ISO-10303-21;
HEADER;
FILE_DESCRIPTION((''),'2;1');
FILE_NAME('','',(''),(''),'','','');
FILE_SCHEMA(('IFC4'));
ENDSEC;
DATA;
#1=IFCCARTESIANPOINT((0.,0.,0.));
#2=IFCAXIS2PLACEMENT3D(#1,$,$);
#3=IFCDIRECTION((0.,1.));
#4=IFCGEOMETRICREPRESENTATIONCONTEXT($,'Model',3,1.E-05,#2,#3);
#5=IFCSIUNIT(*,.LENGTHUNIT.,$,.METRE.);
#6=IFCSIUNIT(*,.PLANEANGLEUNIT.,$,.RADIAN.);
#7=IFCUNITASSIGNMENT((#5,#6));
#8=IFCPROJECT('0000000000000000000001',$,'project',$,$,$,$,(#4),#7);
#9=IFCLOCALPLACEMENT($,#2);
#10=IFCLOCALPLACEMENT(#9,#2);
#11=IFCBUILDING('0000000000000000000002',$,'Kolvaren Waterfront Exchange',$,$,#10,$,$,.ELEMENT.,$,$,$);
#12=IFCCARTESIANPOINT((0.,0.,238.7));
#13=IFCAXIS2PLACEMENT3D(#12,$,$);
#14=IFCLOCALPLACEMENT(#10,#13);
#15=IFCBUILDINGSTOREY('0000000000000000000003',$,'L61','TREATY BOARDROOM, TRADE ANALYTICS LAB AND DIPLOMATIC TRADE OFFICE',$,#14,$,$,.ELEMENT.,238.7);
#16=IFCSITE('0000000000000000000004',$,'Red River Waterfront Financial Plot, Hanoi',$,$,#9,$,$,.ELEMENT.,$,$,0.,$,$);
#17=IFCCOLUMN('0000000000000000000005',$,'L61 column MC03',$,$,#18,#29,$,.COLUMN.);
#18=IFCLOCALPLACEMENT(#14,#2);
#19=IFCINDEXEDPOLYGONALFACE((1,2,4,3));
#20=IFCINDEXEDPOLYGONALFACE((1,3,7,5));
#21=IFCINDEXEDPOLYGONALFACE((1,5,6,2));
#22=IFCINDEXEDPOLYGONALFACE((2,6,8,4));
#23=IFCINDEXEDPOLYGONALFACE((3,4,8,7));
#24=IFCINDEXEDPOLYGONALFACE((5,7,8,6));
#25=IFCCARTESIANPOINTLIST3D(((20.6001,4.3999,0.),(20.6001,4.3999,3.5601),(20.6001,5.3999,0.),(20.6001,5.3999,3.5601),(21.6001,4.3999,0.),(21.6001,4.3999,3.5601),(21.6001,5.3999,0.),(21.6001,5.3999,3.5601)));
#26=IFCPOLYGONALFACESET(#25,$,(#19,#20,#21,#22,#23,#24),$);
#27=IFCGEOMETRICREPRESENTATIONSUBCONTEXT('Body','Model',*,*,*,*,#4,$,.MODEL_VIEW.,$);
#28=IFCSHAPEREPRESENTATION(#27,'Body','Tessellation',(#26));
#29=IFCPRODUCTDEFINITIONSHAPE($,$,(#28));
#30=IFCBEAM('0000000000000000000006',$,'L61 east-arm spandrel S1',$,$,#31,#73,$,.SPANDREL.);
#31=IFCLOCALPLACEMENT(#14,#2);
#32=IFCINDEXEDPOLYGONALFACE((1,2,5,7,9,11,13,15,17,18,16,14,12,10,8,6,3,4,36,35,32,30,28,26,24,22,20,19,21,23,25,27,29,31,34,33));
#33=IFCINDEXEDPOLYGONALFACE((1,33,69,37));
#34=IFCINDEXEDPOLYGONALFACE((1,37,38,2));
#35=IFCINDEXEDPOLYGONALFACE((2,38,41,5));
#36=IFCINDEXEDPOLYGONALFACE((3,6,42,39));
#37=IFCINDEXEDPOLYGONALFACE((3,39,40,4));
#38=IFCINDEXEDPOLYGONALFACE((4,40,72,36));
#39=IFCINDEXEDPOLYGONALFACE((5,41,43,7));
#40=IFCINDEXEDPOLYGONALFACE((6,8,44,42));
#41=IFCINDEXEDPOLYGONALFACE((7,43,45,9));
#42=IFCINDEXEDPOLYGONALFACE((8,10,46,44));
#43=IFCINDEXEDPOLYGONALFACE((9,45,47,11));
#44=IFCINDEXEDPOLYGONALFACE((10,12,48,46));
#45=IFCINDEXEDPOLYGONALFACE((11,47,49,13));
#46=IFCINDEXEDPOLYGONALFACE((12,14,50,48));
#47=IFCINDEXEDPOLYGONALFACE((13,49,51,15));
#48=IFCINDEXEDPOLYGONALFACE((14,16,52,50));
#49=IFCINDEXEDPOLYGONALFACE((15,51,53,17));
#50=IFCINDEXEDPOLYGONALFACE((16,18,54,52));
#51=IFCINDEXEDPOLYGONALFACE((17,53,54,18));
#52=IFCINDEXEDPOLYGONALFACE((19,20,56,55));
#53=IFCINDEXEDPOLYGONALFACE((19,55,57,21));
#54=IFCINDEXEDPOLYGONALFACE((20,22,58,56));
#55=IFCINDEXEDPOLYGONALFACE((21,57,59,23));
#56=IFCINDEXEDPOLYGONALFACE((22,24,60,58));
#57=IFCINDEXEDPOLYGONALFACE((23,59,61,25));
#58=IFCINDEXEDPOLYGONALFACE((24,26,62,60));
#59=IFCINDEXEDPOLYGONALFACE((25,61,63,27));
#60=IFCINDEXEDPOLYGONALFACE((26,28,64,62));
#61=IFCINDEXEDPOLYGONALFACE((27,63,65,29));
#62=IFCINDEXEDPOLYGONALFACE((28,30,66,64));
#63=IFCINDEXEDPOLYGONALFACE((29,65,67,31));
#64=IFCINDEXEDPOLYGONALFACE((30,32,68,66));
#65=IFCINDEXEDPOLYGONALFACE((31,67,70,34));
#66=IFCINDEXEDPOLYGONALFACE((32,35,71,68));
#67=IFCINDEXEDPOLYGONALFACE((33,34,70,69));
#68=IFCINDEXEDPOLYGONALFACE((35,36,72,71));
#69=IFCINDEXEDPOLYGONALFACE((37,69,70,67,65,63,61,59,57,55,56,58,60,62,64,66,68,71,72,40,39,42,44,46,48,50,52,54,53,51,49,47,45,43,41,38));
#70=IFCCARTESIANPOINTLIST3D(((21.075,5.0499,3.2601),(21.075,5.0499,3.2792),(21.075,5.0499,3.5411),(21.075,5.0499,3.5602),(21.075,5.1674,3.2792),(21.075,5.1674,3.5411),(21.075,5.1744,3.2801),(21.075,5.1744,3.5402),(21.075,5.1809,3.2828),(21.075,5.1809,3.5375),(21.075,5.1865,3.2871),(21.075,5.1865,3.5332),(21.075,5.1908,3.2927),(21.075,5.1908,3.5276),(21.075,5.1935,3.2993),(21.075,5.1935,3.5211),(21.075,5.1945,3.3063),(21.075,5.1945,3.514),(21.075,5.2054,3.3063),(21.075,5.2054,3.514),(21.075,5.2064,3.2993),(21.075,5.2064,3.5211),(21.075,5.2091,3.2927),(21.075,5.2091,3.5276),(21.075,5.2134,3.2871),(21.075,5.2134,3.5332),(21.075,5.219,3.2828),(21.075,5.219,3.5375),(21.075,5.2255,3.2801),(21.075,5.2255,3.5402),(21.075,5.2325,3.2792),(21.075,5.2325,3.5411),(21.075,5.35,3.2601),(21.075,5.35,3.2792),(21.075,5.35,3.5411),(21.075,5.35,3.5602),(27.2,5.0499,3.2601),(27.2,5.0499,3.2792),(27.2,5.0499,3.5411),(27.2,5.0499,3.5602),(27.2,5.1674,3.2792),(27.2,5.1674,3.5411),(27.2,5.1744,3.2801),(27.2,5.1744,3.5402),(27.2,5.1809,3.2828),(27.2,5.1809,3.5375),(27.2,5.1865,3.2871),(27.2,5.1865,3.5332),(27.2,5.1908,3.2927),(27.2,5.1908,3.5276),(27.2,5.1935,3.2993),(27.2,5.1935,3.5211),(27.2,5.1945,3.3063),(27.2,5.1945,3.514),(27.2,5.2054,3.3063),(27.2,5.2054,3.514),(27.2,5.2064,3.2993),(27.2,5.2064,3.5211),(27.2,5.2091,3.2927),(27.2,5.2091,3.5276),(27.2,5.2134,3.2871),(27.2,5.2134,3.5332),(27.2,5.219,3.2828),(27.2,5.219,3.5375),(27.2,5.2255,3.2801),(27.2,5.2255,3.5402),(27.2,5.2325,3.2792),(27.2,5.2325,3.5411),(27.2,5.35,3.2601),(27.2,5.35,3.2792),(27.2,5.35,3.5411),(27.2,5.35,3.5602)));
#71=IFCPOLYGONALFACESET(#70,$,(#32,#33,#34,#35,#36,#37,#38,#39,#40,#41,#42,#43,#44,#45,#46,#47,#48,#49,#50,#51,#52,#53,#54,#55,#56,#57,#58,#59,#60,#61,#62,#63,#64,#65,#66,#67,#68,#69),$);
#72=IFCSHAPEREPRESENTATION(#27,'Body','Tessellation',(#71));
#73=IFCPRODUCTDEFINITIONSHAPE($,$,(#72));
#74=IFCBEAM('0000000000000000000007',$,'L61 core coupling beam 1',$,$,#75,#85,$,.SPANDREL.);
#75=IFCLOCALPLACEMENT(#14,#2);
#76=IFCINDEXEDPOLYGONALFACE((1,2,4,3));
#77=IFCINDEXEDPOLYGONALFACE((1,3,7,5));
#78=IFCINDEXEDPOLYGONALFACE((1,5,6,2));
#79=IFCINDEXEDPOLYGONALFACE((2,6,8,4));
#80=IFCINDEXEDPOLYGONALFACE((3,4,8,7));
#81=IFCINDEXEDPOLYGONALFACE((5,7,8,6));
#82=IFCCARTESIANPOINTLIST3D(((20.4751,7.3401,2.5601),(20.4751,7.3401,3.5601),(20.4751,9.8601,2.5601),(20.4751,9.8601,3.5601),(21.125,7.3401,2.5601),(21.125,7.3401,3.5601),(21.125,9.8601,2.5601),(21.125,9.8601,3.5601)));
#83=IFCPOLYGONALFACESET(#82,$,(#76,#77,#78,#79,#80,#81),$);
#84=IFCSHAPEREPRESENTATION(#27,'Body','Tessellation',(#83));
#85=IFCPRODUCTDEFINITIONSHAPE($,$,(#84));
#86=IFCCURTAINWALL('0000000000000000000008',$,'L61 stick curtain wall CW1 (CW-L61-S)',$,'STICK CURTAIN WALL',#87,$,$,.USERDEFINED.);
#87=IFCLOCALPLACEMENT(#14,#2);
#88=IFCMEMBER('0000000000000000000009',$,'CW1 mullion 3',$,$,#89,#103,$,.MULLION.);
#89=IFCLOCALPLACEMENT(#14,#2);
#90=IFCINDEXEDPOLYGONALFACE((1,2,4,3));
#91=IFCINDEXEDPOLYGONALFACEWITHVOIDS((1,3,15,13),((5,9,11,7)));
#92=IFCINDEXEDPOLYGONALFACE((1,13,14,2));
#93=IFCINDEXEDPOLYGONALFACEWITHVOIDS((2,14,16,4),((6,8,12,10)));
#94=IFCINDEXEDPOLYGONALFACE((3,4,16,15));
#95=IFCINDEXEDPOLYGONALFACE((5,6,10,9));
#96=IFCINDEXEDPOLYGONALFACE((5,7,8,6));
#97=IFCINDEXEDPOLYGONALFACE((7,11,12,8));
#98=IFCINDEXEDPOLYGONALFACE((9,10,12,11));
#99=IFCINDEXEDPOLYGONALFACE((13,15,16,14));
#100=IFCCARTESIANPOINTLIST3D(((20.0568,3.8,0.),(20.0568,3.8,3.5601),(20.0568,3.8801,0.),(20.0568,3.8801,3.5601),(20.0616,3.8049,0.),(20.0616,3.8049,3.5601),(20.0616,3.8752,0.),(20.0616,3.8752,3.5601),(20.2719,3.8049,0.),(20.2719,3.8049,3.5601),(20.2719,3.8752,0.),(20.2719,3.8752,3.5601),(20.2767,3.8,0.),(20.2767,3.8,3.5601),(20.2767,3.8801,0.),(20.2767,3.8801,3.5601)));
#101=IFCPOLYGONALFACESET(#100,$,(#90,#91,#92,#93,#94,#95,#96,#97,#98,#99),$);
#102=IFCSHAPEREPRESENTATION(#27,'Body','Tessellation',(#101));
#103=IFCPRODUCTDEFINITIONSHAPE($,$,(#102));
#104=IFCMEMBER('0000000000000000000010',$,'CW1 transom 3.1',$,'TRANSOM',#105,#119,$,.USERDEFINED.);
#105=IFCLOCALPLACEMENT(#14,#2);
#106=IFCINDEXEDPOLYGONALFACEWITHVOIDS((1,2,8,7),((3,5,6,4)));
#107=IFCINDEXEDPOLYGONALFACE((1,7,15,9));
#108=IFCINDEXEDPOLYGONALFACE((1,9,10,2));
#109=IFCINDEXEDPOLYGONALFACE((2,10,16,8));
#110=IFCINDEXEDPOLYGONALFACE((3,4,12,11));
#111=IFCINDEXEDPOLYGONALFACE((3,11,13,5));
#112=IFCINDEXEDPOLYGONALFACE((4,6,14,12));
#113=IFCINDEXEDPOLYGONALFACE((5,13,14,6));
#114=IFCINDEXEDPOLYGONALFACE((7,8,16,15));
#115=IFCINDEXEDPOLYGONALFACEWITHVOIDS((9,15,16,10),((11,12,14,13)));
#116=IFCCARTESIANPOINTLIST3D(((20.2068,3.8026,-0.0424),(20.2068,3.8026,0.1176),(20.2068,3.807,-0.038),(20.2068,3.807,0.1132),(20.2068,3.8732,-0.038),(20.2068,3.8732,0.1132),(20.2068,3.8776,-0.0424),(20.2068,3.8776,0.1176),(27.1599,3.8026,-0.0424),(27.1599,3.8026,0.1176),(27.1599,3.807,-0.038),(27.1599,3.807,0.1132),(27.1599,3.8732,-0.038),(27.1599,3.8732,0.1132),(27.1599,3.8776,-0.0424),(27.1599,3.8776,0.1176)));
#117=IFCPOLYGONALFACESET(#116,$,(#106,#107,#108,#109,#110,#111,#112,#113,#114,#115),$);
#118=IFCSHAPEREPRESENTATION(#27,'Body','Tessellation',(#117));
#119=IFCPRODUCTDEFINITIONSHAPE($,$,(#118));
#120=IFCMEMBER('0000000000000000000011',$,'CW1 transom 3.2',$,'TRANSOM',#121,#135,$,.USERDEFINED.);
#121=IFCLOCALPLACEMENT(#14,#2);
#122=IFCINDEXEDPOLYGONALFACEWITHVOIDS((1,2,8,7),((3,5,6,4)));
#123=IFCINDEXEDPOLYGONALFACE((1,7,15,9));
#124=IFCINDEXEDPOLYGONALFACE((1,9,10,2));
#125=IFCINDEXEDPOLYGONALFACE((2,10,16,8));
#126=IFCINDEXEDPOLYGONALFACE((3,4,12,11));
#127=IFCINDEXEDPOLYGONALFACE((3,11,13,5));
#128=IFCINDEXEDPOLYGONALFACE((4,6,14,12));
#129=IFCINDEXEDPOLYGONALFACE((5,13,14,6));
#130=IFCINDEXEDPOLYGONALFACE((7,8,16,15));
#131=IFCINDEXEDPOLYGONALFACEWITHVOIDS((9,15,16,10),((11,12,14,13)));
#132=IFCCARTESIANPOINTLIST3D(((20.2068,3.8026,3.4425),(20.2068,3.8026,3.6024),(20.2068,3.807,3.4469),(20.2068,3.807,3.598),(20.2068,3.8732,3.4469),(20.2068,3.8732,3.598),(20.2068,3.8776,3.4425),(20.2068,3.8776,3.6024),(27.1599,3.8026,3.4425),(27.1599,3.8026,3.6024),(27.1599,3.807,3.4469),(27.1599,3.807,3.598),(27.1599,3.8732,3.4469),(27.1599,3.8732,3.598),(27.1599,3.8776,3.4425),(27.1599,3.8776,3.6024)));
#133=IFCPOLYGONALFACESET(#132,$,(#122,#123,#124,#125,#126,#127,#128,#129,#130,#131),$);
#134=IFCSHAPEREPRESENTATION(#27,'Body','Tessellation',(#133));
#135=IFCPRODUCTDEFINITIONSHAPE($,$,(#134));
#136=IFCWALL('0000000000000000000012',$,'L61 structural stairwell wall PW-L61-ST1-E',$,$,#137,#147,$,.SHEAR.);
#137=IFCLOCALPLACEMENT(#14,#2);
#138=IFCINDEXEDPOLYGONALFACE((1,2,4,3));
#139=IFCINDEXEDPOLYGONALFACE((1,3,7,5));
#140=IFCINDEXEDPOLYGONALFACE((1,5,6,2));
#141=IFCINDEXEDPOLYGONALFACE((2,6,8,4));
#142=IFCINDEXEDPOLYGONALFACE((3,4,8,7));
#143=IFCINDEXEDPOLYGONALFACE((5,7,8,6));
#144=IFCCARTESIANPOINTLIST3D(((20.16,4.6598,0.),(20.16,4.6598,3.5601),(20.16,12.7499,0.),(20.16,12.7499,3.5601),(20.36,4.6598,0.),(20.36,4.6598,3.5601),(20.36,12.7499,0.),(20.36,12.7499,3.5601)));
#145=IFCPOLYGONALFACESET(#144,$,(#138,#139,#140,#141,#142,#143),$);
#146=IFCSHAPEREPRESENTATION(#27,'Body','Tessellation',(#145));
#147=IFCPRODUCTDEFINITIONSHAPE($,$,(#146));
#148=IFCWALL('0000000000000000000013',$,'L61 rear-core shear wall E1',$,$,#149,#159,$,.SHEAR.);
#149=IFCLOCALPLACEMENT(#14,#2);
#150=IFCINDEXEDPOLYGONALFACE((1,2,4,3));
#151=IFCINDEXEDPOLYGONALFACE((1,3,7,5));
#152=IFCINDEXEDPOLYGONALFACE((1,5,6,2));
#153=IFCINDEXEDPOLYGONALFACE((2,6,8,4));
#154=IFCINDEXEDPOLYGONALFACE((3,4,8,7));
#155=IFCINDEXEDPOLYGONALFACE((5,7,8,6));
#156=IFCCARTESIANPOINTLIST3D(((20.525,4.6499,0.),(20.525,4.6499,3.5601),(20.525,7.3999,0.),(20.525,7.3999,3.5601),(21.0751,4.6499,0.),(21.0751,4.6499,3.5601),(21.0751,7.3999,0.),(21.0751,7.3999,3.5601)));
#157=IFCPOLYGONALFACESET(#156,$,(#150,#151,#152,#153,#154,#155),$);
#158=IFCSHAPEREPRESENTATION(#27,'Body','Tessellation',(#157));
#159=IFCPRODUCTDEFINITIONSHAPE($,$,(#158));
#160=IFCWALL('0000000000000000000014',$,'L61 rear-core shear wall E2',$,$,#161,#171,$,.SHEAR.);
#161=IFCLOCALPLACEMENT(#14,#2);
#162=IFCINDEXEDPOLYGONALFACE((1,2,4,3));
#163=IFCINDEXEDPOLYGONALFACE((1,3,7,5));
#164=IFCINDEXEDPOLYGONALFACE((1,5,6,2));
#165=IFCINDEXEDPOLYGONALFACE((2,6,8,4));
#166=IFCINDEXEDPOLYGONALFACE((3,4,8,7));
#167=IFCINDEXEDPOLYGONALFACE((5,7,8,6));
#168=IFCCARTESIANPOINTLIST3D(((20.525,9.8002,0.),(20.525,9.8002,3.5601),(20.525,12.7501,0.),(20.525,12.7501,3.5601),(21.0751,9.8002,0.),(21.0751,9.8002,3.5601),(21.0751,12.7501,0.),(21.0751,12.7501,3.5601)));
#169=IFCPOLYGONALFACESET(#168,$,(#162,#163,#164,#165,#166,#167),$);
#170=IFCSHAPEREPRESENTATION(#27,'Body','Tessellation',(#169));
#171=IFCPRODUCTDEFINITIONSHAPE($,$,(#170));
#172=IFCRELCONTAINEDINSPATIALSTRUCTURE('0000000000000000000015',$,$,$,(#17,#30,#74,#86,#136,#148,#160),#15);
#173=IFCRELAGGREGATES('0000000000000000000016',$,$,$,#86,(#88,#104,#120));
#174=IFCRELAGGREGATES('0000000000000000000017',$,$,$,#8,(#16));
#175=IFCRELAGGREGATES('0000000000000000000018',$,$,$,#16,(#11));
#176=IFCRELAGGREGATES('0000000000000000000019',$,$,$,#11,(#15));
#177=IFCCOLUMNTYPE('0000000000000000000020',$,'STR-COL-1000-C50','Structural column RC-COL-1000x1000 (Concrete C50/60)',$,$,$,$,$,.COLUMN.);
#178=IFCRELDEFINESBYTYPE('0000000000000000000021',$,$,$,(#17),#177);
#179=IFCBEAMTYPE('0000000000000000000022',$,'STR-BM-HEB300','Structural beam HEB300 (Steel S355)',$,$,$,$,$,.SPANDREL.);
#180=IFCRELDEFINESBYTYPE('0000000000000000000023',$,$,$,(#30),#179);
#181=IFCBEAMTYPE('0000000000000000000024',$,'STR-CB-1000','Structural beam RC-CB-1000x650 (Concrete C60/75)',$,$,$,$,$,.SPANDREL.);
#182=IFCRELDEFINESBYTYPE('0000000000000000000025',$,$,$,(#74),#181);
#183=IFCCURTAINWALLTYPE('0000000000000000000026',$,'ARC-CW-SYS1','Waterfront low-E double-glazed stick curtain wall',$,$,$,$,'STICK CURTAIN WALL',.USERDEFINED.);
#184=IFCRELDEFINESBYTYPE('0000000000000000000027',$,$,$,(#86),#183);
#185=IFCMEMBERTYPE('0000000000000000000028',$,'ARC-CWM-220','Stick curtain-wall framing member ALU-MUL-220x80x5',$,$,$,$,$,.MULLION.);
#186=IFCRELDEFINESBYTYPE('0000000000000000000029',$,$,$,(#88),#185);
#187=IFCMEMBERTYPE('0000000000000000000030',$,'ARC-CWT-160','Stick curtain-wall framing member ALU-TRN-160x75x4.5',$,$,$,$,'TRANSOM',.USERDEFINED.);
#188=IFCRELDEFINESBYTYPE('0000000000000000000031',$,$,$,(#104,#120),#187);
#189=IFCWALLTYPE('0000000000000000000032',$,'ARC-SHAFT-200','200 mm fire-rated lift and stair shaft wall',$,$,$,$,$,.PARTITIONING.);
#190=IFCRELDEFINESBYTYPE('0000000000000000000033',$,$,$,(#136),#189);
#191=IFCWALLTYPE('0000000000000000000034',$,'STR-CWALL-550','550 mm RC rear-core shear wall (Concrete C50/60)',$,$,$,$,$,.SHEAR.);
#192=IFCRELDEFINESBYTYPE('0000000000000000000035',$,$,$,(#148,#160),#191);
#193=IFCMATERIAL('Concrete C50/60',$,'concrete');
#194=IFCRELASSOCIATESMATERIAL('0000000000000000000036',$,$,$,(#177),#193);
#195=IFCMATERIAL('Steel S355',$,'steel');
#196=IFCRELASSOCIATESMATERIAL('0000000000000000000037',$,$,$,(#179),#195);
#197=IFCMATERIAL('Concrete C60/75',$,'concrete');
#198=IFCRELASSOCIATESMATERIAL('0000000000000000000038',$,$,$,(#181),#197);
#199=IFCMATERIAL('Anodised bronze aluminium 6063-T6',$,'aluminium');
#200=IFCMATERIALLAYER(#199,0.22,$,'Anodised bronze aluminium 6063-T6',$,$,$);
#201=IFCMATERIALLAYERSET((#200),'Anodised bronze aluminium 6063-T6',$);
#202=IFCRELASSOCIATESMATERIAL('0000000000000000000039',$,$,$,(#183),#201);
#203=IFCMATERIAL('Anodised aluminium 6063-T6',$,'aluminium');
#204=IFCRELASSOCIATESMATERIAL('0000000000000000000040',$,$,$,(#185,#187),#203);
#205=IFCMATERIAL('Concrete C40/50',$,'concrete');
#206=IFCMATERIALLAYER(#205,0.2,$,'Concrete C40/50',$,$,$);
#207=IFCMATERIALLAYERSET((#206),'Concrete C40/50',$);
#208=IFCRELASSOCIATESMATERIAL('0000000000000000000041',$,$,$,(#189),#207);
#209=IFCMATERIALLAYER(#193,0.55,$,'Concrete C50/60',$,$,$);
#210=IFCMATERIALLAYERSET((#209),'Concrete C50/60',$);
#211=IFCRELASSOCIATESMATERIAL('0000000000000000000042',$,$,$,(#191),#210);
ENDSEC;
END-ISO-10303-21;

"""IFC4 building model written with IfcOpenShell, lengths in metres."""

from ifc_helpers import new_model, si_unit, direction, frame, frame_2d, origin, origin_with_axes, origin_2d, place, context, subcontext, project, spatial, rectangle, hollow_rectangle, i_section, extrude, source, transform, mapped, material, layer, layer_set, material_profile, profile_set, type_object, element, aggregate, save


model = new_model("IFC4")

# Units and contexts
model_context = context("Model", 3, precision=1e-05, world=origin(), true_north=direction((0.0, 1.0)))
body_context = subcontext(model_context, "Body", "Model", "MODEL_VIEW")
ifc_project = project(units=[si_unit("LENGTHUNIT", "METRE"), si_unit("PLANEANGLEUNIT", "RADIAN")], contexts=[model_context])

# Site, building, storey
site_placement = place(None, origin())
site = spatial("IfcSite", under=ifc_project, at=site_placement, Name="Red River Waterfront Financial Plot, Hanoi", CompositionType="ELEMENT", RefElevation=0.0)
building_placement = place(site_placement, origin())
building = spatial("IfcBuilding", under=site, at=building_placement, Name="Kolvaren Waterfront Exchange", CompositionType="ELEMENT")
storey_placement = place(building_placement, frame((0.0, 0.0, 238.7)))
storey = spatial("IfcBuildingStorey", under=building, at=storey_placement, Name="L61", Description="TREATY BOARDROOM, TRADE ANALYTICS LAB AND DIPLOMATIC TRADE OFFICE", CompositionType="ELEMENT", Elevation=238.7)

# Column
ifc_material_1 = material(Name="Concrete C50/60", Category="concrete")
ifc_material_profile_1 = material_profile(ifc_material_1, rectangle(XDim=1.0, YDim=1.0, at=origin_2d()), Name="RC-COL-1000x1000")
ifc_profile_set_1 = profile_set([ifc_material_profile_1], Name="Concrete C50/60")
column_type = type_object("IfcColumnType", Name="STR-COL-1000-C50", Description="Structural column RC-COL-1000x1000 (Concrete C50/60)", PredefinedType="COLUMN", material=ifc_profile_set_1)
column_placement = place(storey_placement, frame((21.1001, 4.8999, 0.0), z_axis=(0.0, 0.0, 1.0), x_axis=(1.0, 0.0, 0.0)))
element("IfcColumn", 1, at=column_placement, inside=storey, type_object=column_type, Name="L61 column MC03", PredefinedType="COLUMN", context=body_context, shape_type="SweptSolid", body=[
    extrude(rectangle(XDim=1.0, YDim=1.0, at=origin_2d()), origin(), (0.0, 0.0, 1.0), 3.5601),
])

# Beams
ifc_material_2 = material(Name="Steel S355", Category="steel")
ifc_material_profile_2 = material_profile(ifc_material_2, i_section(OverallWidth=0.3, OverallDepth=0.3, WebThickness=0.011, FlangeThickness=0.019, FilletRadius=0.0271, at=origin_2d()), Name="HEB300")
ifc_profile_set_2 = profile_set([ifc_material_profile_2], Name="Steel S355")
beam_type_1 = type_object("IfcBeamType", Name="STR-BM-HEB300", Description="Structural beam HEB300 (Steel S355)", PredefinedType="SPANDREL", material=ifc_profile_set_2)
beam_1_placement = place(storey_placement, frame((21.075, 5.2, 3.4102), z_axis=(1.0, 0.0, 0.0), x_axis=(0.0, 1.0, 0.0)))
element("IfcBeam", 2, at=beam_1_placement, inside=storey, type_object=beam_type_1, Name="L61 east-arm spandrel S1", PredefinedType="SPANDREL", context=body_context, shape_type="SweptSolid", body=[
    extrude(i_section(OverallWidth=0.3, OverallDepth=0.3, WebThickness=0.011, FlangeThickness=0.019, FilletRadius=0.0271, at=origin_2d()), origin(), (0.0, 0.0, 1.0), 6.125),
])
ifc_material_3 = material(Name="Concrete C60/75", Category="concrete")
ifc_material_profile_3 = material_profile(ifc_material_3, rectangle(XDim=0.6499, YDim=1.0, at=origin_2d()), Name="RC-CB-1000x650")
ifc_profile_set_3 = profile_set([ifc_material_profile_3], Name="Concrete C60/75")
beam_type_2 = type_object("IfcBeamType", Name="STR-CB-1000", Description="Structural beam RC-CB-1000x650 (Concrete C60/75)", PredefinedType="SPANDREL", material=ifc_profile_set_3)
beam_2_placement = place(storey_placement, frame((20.8, 7.3401, 3.0601), z_axis=(0.0, 1.0, 0.0), x_axis=(-1.0, 0.0, 0.0)))
element("IfcBeam", 3, at=beam_2_placement, inside=storey, type_object=beam_type_2, Name="L61 core coupling beam 1", PredefinedType="SPANDREL", context=body_context, shape_type="SweptSolid", body=[
    extrude(rectangle(XDim=0.6499, YDim=1.0, at=origin_2d()), origin(), (0.0, 0.0, 1.0), 2.52),
])

# Curtain wall, members
ifc_material_4 = material(Name="Anodised bronze aluminium 6063-T6", Category="aluminium")
ifc_layer_1 = layer(ifc_material_4, 0.22, Name="Anodised bronze aluminium 6063-T6")
ifc_layer_set_1 = layer_set([ifc_layer_1], Name="Anodised bronze aluminium 6063-T6")
curtain_wall_type = type_object("IfcCurtainWallType", Name="ARC-CW-SYS1", Description="Waterfront low-E double-glazed stick curtain wall", ElementType="STICK CURTAIN WALL", PredefinedType="USERDEFINED", material=ifc_layer_set_1)
curtain_wall_placement = place(storey_placement, origin())
curtain_wall = element("IfcCurtainWall", 4, at=curtain_wall_placement, inside=storey, type_object=curtain_wall_type, Name="L61 stick curtain wall CW1 (CW-L61-S)", ObjectType="STICK CURTAIN WALL", PredefinedType="USERDEFINED")
ifc_material_5 = material(Name="Anodised aluminium 6063-T6", Category="aluminium")
ifc_material_profile_4 = material_profile(ifc_material_5, hollow_rectangle(XDim=0.0801, YDim=0.22, WallThickness=0.0049, at=origin_2d()), Name="ALU-MUL-220x80x5")
ifc_profile_set_4 = profile_set([ifc_material_profile_4], Name="Anodised aluminium 6063-T6")
member_type_1 = type_object("IfcMemberType", Name="ARC-CWM-220", Description="Stick curtain-wall framing member ALU-MUL-220x80x5", PredefinedType="MULLION", material=ifc_profile_set_4)
shared_shape_1 = source(origin_with_axes(), body_context, "Body", "SweptSolid", [
    extrude(hollow_rectangle(XDim=0.0801, YDim=0.22, WallThickness=0.0049, at=origin_2d()), origin(), (0.0, 0.0, 1.0), 3.5601),
])
member_1_placement = place(storey_placement, frame((20.1667, 3.8401, 0.0), z_axis=(0.0, 0.0, 1.0), x_axis=(0.0, 1.0, 0.0)))
member_1 = element("IfcMember", 5, at=member_1_placement, type_object=member_type_1, Name="CW1 mullion 3", PredefinedType="MULLION", context=body_context, shape_type="MappedRepresentation", body=[
    mapped(shared_shape_1, transform((0.0, 0.0, 0.0), x_axis=(1.0, 0.0, 0.0), y_axis=(0.0, 1.0, 0.0), z_axis=(0.0, 0.0, 1.0), scale=1.0)),
])
ifc_material_profile_5 = material_profile(ifc_material_5, hollow_rectangle(XDim=0.075, YDim=0.1599, WallThickness=0.0044, at=origin_2d()), Name="ALU-TRN-160x75x4.5")
ifc_profile_set_5 = profile_set([ifc_material_profile_5], Name="Anodised aluminium 6063-T6")
member_type_2 = type_object("IfcMemberType", Name="ARC-CWT-160", Description="Stick curtain-wall framing member ALU-TRN-160x75x4.5", ElementType="TRANSOM", PredefinedType="USERDEFINED", material=ifc_profile_set_5)
shared_shape_2 = source(origin_with_axes(), body_context, "Body", "SweptSolid", [
    extrude(hollow_rectangle(XDim=0.075, YDim=0.1599, WallThickness=0.0044, at=origin_2d()), origin(), (0.0, 0.0, 1.0), 6.9531),
])
member_2_placement = place(storey_placement, frame((20.2068, 3.8401, 0.0376), z_axis=(1.0, 0.0, 0.0), x_axis=(0.0, 1.0, 0.0)))
member_2 = element("IfcMember", 6, at=member_2_placement, type_object=member_type_2, Name="CW1 transom 3.1", ObjectType="TRANSOM", PredefinedType="USERDEFINED", context=body_context, shape_type="MappedRepresentation", body=[
    mapped(shared_shape_2, transform((0.0, 0.0, 0.0), x_axis=(1.0, 0.0, 0.0), y_axis=(0.0, 1.0, 0.0), z_axis=(0.0, 0.0, 1.0), scale=1.0)),
])
member_3_placement = place(storey_placement, frame((20.2068, 3.8401, 3.5225), z_axis=(1.0, 0.0, 0.0), x_axis=(0.0, 1.0, 0.0)))
member_3 = element("IfcMember", 7, at=member_3_placement, type_object=member_type_2, Name="CW1 transom 3.2", ObjectType="TRANSOM", PredefinedType="USERDEFINED", context=body_context, shape_type="MappedRepresentation", body=[
    mapped(shared_shape_2, transform((0.0, 0.0, 0.0), x_axis=(1.0, 0.0, 0.0), y_axis=(0.0, 1.0, 0.0), z_axis=(0.0, 0.0, 1.0), scale=1.0)),
])
aggregate(curtain_wall, [member_1, member_2, member_3])

# Walls
ifc_material_6 = material(Name="Concrete C40/50", Category="concrete")
ifc_layer_2 = layer(ifc_material_6, 0.2, Name="Concrete C40/50")
ifc_layer_set_2 = layer_set([ifc_layer_2], Name="Concrete C40/50")
wall_type_1 = type_object("IfcWallType", Name="ARC-SHAFT-200", Description="200 mm fire-rated lift and stair shaft wall", PredefinedType="PARTITIONING", material=ifc_layer_set_2)
wall_1_placement = place(storey_placement, frame((20.26, 4.6599, 0.0), z_axis=(0.0, 0.0, 1.0), x_axis=(0.0, 1.0, 0.0)))
element("IfcWall", 8, at=wall_1_placement, inside=storey, type_object=wall_type_1, Name="L61 structural stairwell wall PW-L61-ST1-E", PredefinedType="SHEAR", context=body_context, shape_type="SweptSolid", body=[
    extrude(rectangle(XDim=8.0901, YDim=0.2, at=frame_2d((4.0449, 0.0))), origin(), (0.0, 0.0, 1.0), 3.5601),
])
ifc_layer_3 = layer(ifc_material_1, 0.55, Name="Concrete C50/60")
ifc_layer_set_3 = layer_set([ifc_layer_3], Name="Concrete C50/60")
wall_type_2 = type_object("IfcWallType", Name="STR-CWALL-550", Description="550 mm RC rear-core shear wall (Concrete C50/60)", PredefinedType="SHEAR", material=ifc_layer_set_3)
wall_2_placement = place(storey_placement, frame((20.8, 4.6499, 0.0), z_axis=(0.0, 0.0, 1.0), x_axis=(0.0, 1.0, 0.0)))
element("IfcWall", 9, at=wall_2_placement, inside=storey, type_object=wall_type_2, Name="L61 rear-core shear wall E1", PredefinedType="SHEAR", context=body_context, shape_type="SweptSolid", body=[
    extrude(rectangle(XDim=2.75, YDim=0.55, at=frame_2d((1.375, 0.0))), origin(), (0.0, 0.0, 1.0), 3.5601),
])
wall_3_placement = place(storey_placement, frame((20.8, 9.8, 0.0), z_axis=(0.0, 0.0, 1.0), x_axis=(0.0, 1.0, 0.0)))
element("IfcWall", 10, at=wall_3_placement, inside=storey, type_object=wall_type_2, Name="L61 rear-core shear wall E2", PredefinedType="SHEAR", context=body_context, shape_type="SweptSolid", body=[
    extrude(rectangle(XDim=2.95, YDim=0.55, at=frame_2d((1.4751, 0.0))), origin(), (0.0, 0.0, 1.0), 3.5601),
])

save(model, "model.ifc")
